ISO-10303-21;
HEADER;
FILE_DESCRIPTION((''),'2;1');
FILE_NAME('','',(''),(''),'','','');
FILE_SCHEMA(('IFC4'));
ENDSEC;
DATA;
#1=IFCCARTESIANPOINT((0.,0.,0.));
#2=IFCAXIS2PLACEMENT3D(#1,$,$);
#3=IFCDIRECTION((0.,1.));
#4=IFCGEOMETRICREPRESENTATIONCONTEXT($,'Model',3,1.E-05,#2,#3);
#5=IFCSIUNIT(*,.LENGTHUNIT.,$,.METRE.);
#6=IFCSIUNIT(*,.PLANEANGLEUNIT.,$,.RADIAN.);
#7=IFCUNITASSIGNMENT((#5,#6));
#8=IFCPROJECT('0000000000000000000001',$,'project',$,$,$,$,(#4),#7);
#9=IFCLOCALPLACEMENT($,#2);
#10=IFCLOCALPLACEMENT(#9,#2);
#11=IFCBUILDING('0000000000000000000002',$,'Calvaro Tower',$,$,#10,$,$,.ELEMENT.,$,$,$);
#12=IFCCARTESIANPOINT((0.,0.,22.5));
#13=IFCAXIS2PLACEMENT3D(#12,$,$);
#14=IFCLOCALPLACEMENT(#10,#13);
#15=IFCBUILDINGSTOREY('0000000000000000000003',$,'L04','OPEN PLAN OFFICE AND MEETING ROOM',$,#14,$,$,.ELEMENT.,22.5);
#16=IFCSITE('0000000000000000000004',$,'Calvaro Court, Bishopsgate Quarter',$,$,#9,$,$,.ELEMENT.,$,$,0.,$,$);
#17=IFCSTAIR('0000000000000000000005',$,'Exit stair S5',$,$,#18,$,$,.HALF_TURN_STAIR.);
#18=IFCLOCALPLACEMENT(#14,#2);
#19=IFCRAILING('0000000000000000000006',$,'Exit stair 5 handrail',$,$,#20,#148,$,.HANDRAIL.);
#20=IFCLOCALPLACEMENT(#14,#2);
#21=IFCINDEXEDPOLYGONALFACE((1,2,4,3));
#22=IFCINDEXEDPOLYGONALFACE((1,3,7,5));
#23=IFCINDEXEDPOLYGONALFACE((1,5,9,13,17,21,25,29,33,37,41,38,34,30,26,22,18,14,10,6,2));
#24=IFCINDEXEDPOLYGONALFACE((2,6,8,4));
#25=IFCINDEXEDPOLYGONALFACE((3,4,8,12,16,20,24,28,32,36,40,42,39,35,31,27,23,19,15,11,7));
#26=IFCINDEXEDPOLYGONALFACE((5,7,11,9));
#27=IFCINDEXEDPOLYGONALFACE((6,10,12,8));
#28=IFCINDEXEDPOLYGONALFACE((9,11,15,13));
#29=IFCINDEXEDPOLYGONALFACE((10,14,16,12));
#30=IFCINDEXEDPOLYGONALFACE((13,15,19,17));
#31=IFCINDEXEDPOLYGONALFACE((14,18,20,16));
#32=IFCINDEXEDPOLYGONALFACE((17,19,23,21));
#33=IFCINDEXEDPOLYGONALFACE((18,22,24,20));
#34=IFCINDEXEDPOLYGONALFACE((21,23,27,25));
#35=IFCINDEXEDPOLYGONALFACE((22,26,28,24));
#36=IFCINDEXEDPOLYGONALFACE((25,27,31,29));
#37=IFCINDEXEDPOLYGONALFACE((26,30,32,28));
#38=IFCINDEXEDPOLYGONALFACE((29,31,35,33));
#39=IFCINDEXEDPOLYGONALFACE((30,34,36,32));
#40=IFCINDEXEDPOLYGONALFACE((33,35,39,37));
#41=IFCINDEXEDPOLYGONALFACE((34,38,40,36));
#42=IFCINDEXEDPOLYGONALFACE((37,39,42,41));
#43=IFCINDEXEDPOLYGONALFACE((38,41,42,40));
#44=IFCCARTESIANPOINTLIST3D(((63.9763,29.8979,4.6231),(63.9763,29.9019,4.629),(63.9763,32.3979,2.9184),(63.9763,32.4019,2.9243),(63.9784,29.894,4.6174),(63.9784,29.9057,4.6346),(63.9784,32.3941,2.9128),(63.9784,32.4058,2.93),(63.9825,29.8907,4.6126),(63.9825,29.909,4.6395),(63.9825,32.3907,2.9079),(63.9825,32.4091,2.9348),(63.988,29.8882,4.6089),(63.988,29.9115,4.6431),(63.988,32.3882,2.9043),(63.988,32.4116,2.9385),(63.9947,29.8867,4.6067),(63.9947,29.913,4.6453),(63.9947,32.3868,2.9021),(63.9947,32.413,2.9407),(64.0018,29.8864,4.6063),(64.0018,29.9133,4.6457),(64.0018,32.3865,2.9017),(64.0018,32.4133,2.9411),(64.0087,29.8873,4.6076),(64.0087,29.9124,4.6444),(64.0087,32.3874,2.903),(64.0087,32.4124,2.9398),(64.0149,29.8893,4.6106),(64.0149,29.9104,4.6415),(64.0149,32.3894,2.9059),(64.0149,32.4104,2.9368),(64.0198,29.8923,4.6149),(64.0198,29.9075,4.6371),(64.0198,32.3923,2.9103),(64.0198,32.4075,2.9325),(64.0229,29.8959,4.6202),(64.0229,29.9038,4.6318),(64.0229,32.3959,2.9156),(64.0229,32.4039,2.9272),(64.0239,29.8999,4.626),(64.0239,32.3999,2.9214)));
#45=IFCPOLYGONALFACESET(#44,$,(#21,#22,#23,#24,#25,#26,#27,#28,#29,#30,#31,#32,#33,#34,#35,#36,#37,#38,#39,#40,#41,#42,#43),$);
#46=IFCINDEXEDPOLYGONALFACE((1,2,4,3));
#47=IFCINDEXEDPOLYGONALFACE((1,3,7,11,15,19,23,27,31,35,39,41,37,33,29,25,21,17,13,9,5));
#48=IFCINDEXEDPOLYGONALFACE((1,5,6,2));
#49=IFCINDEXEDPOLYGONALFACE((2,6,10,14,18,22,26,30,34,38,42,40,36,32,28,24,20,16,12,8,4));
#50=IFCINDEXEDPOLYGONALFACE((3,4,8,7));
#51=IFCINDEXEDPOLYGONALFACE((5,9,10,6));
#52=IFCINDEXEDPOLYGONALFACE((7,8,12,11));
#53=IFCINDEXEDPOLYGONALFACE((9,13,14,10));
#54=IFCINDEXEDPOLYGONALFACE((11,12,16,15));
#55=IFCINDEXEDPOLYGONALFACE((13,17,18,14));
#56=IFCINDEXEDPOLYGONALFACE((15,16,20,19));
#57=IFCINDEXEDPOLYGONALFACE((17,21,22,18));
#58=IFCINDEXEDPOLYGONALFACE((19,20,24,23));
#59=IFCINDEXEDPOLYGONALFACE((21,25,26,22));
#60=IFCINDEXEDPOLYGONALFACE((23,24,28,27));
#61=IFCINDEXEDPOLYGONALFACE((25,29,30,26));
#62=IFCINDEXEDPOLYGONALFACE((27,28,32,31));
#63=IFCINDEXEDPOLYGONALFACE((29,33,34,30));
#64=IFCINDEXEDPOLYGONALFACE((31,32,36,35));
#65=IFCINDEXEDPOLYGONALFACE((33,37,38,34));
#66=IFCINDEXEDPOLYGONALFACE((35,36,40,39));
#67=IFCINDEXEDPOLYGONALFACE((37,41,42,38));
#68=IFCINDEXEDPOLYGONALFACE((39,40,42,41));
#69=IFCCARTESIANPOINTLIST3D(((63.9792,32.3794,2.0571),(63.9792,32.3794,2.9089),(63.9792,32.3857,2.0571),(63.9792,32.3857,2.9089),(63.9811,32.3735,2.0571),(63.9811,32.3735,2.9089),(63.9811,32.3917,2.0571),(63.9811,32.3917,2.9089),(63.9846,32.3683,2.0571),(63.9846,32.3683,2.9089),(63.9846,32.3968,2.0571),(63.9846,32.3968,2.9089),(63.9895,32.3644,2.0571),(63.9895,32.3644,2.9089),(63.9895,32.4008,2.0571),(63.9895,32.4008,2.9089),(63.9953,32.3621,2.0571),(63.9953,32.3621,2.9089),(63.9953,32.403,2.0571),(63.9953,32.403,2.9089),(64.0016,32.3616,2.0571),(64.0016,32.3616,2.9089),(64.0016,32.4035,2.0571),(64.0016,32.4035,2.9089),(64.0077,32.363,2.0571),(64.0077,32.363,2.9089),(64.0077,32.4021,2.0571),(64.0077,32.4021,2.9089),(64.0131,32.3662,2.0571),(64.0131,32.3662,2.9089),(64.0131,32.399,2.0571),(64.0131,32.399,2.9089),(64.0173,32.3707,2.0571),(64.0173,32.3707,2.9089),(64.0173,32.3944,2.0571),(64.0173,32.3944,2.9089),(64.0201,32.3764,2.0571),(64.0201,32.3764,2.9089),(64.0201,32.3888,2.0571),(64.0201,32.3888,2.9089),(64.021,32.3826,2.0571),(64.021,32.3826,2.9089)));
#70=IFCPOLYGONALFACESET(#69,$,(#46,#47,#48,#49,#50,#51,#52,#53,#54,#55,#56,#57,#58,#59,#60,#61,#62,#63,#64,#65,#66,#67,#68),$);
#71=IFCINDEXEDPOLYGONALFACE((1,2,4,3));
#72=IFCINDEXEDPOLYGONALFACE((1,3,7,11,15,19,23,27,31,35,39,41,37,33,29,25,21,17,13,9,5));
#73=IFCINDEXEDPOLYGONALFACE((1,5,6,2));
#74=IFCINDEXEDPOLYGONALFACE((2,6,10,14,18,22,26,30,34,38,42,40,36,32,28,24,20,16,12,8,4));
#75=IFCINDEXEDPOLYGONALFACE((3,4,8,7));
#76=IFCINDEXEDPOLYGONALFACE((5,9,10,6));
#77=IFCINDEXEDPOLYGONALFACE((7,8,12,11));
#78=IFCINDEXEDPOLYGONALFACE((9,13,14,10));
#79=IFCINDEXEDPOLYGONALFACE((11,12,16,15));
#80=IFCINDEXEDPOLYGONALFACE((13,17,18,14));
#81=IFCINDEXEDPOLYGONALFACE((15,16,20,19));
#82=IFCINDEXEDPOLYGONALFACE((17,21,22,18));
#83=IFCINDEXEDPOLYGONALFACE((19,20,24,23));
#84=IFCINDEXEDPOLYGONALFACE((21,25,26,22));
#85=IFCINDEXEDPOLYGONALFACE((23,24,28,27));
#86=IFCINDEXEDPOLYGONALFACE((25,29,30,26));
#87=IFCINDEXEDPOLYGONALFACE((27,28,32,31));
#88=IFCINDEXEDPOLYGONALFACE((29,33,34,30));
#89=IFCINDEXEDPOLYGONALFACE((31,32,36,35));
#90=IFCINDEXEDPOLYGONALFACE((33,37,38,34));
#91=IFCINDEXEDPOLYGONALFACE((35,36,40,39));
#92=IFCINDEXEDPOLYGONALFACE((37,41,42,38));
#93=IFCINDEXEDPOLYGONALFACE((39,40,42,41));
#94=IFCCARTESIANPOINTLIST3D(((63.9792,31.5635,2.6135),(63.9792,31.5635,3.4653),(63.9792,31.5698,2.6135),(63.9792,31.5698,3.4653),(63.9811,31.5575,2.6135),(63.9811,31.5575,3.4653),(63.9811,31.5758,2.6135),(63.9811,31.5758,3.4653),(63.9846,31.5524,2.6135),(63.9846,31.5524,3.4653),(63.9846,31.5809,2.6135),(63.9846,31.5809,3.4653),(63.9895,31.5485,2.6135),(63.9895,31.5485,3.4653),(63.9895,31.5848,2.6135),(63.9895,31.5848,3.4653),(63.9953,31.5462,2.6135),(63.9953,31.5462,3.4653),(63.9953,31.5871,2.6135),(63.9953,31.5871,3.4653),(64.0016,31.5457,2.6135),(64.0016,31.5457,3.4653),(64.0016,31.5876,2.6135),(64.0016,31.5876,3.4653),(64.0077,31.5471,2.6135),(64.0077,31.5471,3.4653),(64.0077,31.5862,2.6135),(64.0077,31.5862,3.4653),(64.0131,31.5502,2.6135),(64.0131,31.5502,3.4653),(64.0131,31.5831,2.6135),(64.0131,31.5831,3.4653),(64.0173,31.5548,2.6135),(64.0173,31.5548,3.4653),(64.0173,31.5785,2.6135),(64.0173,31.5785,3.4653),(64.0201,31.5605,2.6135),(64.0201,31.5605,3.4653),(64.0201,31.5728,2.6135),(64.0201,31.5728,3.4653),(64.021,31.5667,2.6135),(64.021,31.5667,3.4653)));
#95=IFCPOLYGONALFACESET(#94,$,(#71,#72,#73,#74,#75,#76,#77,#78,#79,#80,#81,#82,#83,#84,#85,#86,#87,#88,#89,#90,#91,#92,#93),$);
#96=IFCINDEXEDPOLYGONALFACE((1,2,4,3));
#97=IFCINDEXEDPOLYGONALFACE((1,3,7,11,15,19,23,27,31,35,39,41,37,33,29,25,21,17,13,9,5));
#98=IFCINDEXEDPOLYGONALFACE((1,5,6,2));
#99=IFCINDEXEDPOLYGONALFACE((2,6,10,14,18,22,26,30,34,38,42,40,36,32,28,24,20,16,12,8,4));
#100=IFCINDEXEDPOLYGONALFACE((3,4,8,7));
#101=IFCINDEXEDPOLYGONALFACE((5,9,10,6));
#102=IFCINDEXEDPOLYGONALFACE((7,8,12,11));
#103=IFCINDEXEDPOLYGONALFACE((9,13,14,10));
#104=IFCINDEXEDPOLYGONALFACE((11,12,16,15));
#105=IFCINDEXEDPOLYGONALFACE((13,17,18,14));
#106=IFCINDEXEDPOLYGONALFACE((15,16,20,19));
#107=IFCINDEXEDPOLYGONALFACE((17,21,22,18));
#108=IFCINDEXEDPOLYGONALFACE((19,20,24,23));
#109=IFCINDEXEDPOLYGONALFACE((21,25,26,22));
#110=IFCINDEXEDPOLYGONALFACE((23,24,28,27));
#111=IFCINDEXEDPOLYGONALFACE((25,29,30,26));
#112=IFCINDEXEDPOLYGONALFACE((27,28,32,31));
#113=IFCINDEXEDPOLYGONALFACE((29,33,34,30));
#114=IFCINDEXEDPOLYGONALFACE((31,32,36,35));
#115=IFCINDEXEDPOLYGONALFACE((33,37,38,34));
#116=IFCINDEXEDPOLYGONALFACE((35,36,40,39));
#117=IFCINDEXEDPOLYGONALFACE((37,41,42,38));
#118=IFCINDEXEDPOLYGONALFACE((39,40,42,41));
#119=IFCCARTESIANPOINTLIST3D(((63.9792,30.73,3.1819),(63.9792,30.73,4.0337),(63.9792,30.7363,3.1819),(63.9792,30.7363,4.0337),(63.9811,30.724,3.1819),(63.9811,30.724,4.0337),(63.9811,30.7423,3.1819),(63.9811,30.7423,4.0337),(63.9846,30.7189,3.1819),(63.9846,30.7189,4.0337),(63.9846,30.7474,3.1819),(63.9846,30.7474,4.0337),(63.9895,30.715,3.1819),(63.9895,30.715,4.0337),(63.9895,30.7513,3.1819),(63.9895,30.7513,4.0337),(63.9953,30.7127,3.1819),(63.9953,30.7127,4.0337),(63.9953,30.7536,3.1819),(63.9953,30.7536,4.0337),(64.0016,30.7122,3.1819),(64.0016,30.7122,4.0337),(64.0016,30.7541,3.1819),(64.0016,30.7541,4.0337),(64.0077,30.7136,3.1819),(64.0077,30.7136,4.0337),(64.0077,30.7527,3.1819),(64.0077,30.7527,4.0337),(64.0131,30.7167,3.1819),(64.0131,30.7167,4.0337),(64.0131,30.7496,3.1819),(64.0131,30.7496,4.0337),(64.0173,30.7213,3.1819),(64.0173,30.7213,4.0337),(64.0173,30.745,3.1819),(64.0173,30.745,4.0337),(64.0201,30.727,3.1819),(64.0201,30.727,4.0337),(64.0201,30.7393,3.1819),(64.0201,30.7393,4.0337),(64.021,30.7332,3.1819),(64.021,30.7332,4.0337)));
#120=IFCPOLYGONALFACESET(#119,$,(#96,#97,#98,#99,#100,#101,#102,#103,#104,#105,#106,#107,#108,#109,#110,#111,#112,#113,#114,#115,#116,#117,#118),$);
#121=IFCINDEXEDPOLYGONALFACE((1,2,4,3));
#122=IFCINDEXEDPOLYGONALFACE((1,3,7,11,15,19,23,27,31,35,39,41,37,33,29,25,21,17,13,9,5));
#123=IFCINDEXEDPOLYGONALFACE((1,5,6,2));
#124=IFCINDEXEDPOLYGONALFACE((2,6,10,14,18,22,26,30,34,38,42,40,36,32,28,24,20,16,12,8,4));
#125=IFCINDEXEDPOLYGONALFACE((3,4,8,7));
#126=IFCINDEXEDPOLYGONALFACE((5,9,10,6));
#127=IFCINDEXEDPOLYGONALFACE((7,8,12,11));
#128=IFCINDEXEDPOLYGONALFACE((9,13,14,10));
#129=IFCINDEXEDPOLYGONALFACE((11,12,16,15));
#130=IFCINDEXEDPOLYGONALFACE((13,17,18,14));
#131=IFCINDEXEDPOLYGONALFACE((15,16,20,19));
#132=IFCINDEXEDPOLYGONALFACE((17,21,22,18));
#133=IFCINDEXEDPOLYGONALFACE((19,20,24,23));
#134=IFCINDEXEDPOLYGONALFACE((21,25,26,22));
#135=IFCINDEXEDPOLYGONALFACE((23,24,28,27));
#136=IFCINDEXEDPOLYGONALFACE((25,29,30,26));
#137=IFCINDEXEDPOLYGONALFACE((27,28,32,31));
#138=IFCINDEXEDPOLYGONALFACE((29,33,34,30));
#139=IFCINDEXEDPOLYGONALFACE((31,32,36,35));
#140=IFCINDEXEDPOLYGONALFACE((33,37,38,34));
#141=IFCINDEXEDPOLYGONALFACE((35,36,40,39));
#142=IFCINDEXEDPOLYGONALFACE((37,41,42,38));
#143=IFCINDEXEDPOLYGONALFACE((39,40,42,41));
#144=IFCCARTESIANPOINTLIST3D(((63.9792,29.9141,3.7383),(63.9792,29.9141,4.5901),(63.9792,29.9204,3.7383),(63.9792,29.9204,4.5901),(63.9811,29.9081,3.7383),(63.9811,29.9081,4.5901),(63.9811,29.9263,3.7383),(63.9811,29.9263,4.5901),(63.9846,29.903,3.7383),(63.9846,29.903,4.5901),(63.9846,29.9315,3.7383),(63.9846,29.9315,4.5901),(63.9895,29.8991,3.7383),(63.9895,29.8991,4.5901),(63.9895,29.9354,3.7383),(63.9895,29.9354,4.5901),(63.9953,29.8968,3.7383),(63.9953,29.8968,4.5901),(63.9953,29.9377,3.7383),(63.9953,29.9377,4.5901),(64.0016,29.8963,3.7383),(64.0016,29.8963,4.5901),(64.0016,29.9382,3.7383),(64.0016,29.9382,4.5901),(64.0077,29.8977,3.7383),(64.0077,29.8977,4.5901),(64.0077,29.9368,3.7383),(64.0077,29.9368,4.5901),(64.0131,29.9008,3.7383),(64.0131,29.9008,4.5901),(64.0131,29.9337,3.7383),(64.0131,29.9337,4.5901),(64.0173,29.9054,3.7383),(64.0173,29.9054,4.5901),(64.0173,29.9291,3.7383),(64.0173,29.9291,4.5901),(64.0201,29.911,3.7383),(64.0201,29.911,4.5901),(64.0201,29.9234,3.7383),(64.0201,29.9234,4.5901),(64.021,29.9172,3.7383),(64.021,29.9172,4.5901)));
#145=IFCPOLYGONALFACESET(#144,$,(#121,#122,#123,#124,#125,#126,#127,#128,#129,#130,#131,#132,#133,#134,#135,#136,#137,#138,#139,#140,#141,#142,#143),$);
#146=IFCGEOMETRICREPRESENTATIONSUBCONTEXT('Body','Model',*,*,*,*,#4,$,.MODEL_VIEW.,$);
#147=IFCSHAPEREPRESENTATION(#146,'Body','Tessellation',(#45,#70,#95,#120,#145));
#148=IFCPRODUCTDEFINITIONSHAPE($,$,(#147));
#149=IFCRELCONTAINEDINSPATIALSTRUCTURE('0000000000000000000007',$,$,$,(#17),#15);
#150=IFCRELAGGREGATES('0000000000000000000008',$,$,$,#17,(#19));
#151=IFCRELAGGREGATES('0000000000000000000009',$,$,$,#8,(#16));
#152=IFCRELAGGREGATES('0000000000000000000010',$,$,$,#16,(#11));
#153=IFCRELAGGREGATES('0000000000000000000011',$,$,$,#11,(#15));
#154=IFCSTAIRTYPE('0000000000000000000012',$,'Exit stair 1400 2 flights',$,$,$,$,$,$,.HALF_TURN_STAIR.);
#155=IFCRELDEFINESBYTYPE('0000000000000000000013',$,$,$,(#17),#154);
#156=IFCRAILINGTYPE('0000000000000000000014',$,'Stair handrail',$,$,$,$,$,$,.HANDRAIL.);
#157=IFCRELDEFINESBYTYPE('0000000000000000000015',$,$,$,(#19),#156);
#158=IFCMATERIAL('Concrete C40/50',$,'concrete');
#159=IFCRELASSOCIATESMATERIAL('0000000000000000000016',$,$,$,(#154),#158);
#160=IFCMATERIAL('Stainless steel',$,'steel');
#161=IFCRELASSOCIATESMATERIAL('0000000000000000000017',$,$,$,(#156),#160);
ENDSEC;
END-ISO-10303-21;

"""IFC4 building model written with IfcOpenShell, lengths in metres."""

from ifc_helpers import new_model, si_unit, direction, frame, origin, origin_2d, place, context, subcontext, project, spatial, circle, extrude, material, type_object, element, aggregate, save


model = new_model("IFC4")

# Units and contexts
model_context = context("Model", 3, precision=1e-05, world=origin(), true_north=direction((0.0, 1.0)))
body_context = subcontext(model_context, "Body", "Model", "MODEL_VIEW")
ifc_project = project(units=[si_unit("LENGTHUNIT", "METRE"), si_unit("PLANEANGLEUNIT", "RADIAN")], contexts=[model_context])

# Site, building, storey
site_placement = place(None, origin())
site = spatial("IfcSite", under=ifc_project, at=site_placement, Name="Calvaro Court, Bishopsgate Quarter", CompositionType="ELEMENT", RefElevation=0.0)
building_placement = place(site_placement, origin())
building = spatial("IfcBuilding", under=site, at=building_placement, Name="Calvaro Tower", CompositionType="ELEMENT")
storey_placement = place(building_placement, frame((0.0, 0.0, 22.5)))
storey = spatial("IfcBuildingStorey", under=building, at=storey_placement, Name="L04", Description="OPEN PLAN OFFICE AND MEETING ROOM", CompositionType="ELEMENT", Elevation=22.5)

# Stair
ifc_material_1 = material(Name="Concrete C40/50", Category="concrete")
stair_type = type_object("IfcStairType", Name="Exit stair 1400 2 flights", PredefinedType="HALF_TURN_STAIR", material=ifc_material_1)
stair_1_placement = place(storey_placement, origin())
stair_1 = element("IfcStair", 1, at=stair_1_placement, inside=storey, type_object=stair_type, Name="Exit stair S5", PredefinedType="HALF_TURN_STAIR")

# Shared definitions
ifc_material_2 = material(Name="Stainless steel", Category="steel")
railing_type = type_object("IfcRailingType", Name="Stair handrail", PredefinedType="HANDRAIL", material=ifc_material_2)

# Railing
railing_1_placement = place(storey_placement, frame((64.0, 32.3999, 2.0454)))
railing_1 = element("IfcRailing", 2, at=railing_1_placement, type_object=railing_type, Name="Exit stair 5 handrail", PredefinedType="HANDRAIL", context=body_context, shape_type="SweptSolid", body=[
    extrude(circle(Radius=0.0239, at=origin_2d()), frame((0.0, 0.0, 0.876), z_axis=(0.0, -0.826221, 0.563347), x_axis=(1.0, 0.0, 0.0)), (0.0, 0.0, 1.0), 3.0259),
    extrude(circle(Radius=0.021, at=origin_2d()), frame((0.0, -0.0173, 0.0117)), (0.0, 0.0, 1.0), 0.8518),
    extrude(circle(Radius=0.021, at=origin_2d()), frame((0.0, -0.8333, 0.5681)), (0.0, 0.0, 1.0), 0.8518),
    extrude(circle(Radius=0.021, at=origin_2d()), frame((0.0, -1.6667, 1.1365)), (0.0, 0.0, 1.0), 0.8518),
    extrude(circle(Radius=0.021, at=origin_2d()), frame((0.0, -2.4827, 1.6929)), (0.0, 0.0, 1.0), 0.8518),
])
aggregate(stair_1, [railing_1])

save(model, "model.ifc")
